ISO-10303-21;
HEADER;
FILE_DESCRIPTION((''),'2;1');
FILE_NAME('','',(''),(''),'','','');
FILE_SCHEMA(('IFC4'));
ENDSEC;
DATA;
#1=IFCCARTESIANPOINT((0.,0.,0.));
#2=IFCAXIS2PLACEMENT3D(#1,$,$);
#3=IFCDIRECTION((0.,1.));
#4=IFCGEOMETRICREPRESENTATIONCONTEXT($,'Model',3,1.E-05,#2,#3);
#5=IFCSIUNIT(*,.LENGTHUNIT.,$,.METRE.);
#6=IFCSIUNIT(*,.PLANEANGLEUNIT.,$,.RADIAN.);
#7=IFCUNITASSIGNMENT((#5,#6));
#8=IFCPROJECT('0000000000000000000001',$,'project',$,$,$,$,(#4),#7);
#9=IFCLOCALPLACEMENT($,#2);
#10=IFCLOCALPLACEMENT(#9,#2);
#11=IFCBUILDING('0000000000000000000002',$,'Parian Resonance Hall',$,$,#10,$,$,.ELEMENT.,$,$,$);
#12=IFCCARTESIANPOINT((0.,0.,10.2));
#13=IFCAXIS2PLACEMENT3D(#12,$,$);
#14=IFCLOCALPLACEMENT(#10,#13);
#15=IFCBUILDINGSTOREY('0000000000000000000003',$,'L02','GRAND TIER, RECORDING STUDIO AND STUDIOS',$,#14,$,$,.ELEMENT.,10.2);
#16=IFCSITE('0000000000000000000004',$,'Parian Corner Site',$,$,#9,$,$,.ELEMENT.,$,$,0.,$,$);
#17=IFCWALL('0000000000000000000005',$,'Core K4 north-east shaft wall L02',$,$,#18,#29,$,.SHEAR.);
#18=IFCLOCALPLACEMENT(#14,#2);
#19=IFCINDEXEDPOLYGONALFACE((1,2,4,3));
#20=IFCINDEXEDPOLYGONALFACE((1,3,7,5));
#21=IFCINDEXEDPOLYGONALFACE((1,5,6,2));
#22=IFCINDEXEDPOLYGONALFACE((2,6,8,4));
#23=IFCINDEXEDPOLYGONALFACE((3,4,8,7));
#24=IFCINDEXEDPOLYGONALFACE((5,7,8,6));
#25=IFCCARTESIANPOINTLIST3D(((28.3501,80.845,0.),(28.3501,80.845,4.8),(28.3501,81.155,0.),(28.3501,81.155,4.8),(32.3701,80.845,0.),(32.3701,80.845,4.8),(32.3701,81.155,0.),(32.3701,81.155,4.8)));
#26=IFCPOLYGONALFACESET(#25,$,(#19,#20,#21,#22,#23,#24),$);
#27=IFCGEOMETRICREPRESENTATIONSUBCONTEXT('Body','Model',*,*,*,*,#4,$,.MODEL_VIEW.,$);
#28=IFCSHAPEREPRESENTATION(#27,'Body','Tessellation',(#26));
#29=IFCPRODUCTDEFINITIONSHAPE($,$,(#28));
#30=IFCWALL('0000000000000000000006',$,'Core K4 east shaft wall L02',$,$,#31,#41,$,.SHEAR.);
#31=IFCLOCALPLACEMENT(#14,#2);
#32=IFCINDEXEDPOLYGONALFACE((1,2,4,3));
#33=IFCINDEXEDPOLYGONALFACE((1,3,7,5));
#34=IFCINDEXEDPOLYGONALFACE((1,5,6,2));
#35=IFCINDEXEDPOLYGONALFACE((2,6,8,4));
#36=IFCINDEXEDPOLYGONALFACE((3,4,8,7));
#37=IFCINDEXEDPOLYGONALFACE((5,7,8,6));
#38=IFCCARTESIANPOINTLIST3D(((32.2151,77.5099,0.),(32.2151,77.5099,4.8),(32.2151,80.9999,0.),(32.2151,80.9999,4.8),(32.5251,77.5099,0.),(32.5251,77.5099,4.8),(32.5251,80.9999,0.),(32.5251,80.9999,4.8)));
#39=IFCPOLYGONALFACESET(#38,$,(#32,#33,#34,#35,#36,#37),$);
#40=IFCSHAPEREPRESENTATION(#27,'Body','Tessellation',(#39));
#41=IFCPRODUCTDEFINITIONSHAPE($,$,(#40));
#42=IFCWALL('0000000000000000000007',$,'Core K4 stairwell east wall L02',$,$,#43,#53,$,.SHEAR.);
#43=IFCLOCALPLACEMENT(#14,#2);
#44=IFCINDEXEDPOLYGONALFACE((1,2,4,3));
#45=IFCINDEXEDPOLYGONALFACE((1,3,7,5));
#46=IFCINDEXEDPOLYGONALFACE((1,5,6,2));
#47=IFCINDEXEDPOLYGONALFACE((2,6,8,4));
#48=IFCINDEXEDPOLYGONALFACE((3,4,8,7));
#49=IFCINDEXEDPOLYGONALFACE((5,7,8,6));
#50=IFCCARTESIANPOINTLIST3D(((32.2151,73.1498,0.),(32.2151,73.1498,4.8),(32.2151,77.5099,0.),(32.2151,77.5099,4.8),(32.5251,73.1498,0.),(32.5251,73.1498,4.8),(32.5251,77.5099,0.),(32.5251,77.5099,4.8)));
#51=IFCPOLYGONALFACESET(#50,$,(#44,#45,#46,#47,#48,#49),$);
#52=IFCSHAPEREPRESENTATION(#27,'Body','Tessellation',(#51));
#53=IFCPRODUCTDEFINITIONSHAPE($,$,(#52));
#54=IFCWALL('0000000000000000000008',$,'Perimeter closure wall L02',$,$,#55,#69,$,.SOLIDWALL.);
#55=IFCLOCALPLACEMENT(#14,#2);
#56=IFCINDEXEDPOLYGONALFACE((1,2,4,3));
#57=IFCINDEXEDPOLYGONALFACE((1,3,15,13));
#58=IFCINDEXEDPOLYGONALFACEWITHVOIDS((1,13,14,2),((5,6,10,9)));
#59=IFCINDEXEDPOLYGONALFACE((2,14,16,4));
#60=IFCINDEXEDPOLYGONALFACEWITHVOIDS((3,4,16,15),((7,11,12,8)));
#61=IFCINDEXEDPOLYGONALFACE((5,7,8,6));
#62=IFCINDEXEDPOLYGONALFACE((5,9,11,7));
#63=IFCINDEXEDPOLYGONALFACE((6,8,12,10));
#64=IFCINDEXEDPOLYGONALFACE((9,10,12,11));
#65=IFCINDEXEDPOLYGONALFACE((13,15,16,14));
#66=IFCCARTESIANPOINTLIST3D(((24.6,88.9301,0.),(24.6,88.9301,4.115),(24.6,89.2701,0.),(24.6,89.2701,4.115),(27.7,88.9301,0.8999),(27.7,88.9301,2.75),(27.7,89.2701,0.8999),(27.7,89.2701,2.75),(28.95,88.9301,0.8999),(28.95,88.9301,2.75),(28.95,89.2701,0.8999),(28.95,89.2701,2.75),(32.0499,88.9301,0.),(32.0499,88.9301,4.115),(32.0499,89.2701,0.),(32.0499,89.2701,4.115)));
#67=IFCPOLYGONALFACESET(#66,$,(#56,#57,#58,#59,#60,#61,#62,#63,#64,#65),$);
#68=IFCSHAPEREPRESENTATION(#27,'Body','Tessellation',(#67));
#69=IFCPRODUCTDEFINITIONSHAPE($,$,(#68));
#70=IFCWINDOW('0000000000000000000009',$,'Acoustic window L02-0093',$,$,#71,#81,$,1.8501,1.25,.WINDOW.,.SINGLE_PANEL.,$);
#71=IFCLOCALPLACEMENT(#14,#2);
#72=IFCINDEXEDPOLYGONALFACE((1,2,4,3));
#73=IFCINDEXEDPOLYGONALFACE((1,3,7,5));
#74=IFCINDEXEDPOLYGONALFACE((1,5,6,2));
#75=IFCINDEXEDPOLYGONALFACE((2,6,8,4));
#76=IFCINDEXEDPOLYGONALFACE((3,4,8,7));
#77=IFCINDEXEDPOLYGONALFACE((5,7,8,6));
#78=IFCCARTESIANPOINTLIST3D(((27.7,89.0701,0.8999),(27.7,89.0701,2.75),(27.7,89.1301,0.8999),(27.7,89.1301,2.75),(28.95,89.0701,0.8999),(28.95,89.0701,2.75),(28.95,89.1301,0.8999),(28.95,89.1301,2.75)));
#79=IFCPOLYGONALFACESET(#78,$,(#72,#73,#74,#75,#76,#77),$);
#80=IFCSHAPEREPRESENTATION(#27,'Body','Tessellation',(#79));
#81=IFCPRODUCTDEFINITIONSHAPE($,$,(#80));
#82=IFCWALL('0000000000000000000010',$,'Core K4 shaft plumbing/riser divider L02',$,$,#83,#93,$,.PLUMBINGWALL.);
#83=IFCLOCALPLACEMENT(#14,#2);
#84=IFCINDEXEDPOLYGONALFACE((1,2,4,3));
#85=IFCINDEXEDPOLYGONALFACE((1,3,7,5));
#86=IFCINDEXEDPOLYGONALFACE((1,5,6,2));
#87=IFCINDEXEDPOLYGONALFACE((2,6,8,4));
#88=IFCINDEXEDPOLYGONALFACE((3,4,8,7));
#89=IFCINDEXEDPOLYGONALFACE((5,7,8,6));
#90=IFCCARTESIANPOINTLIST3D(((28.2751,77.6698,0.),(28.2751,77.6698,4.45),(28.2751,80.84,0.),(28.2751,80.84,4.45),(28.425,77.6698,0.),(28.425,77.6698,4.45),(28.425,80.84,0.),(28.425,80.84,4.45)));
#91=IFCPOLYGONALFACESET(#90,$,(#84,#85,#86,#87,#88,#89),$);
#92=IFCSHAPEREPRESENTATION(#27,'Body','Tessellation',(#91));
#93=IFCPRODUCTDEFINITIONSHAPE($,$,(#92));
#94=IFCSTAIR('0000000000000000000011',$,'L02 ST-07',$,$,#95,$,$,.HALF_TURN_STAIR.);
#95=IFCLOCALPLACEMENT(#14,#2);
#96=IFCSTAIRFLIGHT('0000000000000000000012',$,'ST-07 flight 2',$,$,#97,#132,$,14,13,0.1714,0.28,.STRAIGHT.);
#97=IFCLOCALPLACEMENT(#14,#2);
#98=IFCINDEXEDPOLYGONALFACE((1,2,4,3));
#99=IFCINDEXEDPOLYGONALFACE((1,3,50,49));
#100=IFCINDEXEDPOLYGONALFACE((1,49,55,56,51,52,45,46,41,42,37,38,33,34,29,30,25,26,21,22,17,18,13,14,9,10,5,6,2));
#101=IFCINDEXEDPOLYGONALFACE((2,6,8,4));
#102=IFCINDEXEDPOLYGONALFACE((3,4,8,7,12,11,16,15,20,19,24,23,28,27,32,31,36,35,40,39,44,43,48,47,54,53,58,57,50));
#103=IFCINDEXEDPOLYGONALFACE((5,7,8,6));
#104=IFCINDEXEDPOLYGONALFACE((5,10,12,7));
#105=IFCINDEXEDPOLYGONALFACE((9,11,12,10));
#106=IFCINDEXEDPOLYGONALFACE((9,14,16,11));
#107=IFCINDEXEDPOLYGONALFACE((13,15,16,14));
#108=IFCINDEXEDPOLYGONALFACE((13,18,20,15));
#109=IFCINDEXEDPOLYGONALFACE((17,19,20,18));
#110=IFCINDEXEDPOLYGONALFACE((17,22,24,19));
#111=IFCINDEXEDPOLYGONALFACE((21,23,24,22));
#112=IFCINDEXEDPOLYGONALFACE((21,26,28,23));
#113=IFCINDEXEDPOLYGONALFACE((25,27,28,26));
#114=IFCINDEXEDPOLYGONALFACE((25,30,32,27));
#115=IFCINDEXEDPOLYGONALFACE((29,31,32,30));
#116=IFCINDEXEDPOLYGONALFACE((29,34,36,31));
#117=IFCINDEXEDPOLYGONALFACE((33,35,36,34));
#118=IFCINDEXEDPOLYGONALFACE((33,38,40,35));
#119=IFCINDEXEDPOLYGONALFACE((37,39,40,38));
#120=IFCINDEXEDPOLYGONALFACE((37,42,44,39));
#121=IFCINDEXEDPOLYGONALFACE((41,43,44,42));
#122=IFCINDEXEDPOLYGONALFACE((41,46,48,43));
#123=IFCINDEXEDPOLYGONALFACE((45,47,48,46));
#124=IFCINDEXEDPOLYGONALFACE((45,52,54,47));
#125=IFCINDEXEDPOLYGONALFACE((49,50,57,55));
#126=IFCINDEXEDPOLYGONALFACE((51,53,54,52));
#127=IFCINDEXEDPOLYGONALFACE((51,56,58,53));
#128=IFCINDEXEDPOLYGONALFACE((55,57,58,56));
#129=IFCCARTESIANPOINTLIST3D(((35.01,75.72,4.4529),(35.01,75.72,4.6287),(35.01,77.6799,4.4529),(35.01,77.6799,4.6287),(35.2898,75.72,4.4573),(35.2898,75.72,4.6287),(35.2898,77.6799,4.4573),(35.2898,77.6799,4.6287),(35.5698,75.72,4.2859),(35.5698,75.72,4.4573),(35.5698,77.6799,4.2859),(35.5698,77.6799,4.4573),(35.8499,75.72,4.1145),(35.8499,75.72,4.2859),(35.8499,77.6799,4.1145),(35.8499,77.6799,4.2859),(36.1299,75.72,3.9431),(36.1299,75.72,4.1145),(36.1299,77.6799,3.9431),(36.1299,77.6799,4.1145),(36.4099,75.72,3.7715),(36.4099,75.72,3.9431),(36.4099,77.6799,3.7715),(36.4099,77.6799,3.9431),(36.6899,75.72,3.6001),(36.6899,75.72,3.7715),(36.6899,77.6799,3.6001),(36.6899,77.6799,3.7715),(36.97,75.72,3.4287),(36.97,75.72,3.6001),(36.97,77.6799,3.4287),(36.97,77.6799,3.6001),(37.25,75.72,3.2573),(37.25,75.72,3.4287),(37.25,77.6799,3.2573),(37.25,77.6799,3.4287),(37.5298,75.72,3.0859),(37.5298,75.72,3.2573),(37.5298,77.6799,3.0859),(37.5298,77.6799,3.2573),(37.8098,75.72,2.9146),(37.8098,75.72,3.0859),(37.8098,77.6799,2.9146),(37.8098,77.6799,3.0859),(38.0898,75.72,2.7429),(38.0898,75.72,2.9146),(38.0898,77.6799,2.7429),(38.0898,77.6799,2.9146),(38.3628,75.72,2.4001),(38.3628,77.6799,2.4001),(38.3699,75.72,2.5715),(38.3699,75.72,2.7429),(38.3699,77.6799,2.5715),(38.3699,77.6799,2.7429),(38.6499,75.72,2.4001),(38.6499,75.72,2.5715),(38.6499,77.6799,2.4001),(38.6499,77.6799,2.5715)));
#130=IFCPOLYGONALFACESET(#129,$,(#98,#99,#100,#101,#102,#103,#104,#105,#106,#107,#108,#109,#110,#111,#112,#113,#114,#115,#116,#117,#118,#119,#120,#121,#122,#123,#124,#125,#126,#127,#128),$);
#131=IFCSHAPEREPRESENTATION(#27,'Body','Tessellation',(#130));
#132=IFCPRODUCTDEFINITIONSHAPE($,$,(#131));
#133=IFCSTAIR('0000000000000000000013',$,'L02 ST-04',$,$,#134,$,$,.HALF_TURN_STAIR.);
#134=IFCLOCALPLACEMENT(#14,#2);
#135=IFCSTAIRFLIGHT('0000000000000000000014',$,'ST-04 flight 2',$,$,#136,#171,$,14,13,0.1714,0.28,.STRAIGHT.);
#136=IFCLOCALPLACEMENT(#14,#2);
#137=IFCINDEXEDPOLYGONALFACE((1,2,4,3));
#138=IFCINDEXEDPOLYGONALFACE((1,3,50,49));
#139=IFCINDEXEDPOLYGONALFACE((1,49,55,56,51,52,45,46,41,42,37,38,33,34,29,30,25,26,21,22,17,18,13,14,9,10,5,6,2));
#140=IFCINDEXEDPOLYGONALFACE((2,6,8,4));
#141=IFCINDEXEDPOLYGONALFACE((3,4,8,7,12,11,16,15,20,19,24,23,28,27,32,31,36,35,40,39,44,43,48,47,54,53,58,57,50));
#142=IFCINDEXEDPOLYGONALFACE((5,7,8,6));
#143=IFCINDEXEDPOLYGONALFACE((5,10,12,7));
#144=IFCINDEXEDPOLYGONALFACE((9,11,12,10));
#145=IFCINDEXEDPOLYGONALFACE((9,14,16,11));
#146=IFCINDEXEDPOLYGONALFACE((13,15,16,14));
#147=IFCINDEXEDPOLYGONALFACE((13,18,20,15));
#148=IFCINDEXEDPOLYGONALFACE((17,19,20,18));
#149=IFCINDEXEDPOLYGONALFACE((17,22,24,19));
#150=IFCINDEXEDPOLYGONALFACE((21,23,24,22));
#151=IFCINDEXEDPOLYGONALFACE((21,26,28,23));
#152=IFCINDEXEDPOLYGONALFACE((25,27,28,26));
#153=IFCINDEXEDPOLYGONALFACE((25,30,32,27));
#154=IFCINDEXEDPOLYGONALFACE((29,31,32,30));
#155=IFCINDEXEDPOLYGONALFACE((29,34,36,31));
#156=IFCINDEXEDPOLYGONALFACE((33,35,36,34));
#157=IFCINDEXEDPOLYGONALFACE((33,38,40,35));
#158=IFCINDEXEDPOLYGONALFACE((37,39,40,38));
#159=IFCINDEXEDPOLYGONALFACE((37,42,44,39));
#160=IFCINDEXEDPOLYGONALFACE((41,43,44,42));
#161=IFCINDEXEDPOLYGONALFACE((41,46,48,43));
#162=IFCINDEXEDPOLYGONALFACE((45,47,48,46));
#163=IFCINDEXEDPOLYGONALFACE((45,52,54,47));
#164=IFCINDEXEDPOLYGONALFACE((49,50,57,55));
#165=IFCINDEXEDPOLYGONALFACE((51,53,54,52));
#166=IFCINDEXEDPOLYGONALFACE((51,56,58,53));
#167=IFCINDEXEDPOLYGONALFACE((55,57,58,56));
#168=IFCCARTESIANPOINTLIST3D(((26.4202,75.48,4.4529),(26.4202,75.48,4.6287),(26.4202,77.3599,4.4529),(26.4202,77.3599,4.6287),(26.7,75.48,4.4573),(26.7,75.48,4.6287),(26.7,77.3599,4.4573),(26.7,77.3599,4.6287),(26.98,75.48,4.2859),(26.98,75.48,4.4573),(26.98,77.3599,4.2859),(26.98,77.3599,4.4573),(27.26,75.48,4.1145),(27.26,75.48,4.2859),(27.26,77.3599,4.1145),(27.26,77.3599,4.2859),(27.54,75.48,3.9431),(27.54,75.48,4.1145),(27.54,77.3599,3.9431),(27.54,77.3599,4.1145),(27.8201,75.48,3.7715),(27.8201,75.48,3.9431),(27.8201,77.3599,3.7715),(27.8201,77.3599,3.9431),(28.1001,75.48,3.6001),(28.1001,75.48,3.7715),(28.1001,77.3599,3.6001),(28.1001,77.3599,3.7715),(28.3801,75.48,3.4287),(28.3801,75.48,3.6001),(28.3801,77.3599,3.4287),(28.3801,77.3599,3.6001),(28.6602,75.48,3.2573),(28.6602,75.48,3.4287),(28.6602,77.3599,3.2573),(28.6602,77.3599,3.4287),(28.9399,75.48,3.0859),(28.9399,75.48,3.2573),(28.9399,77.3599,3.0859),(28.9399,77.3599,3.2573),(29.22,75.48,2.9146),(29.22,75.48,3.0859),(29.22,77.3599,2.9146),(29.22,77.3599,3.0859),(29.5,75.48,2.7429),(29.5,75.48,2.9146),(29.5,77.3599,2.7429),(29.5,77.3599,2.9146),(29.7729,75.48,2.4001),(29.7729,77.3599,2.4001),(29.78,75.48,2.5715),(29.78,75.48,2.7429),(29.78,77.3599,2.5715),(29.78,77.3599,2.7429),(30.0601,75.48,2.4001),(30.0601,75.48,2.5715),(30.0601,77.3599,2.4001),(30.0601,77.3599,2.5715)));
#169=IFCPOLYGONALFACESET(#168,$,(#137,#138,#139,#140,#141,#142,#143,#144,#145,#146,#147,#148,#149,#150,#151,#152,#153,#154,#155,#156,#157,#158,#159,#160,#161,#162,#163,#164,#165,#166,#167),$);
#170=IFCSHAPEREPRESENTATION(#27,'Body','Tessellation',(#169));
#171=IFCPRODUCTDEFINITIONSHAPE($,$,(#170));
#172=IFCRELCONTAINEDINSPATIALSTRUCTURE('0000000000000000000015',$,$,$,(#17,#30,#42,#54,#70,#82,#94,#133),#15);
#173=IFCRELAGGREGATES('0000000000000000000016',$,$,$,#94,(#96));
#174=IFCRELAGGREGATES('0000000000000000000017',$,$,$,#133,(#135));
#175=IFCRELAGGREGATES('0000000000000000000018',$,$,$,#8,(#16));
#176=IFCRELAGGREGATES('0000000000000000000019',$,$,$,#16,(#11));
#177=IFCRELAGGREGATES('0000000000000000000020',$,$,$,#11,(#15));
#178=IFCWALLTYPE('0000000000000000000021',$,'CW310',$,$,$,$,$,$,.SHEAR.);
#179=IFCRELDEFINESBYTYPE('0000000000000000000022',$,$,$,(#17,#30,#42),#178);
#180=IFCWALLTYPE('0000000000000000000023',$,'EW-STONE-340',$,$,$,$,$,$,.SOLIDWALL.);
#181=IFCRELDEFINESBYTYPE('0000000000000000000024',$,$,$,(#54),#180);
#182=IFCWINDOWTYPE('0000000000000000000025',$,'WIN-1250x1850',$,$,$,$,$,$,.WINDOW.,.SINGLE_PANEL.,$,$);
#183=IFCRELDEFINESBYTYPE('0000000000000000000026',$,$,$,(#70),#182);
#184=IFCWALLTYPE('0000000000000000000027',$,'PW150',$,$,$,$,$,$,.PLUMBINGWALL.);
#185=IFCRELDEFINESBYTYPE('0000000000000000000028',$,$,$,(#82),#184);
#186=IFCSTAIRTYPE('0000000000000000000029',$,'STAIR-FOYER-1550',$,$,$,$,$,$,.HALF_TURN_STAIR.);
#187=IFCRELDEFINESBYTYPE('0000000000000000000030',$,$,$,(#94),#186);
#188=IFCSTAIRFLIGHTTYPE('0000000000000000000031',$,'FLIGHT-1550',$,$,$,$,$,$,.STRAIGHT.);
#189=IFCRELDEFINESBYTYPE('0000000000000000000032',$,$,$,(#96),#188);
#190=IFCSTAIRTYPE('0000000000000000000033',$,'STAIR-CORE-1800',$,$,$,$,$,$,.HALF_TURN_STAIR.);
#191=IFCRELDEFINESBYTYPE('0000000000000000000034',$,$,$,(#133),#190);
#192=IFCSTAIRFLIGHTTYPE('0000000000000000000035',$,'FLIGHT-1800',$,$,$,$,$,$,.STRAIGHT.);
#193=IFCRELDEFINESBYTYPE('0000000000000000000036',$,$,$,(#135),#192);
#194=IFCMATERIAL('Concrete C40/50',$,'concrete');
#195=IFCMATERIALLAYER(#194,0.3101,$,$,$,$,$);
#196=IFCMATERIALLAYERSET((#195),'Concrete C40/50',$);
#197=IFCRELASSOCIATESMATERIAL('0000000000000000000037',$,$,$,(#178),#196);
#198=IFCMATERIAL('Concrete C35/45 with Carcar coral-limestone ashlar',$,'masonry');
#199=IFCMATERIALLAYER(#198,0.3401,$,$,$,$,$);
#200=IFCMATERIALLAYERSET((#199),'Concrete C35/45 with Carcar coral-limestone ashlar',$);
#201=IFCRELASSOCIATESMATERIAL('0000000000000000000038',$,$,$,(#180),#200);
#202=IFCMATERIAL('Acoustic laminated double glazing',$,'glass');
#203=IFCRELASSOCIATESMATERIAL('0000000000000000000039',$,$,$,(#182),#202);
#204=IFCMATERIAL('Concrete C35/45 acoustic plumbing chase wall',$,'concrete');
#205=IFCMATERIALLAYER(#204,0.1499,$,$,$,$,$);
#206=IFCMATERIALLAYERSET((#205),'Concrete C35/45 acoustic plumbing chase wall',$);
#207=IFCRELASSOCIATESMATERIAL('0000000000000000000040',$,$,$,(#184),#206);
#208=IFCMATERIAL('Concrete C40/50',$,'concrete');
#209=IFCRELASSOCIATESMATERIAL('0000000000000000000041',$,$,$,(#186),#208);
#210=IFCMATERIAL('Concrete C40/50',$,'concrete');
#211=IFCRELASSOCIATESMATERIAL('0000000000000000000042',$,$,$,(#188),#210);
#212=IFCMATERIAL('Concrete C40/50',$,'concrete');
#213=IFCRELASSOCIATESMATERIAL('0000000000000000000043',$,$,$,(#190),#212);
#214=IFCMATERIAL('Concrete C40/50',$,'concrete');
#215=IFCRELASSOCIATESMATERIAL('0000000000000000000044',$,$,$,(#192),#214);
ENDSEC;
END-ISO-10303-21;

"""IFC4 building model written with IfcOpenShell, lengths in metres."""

from ifc_helpers import new_model, si_unit, direction, frame, frame_2d, origin, place, context, subcontext, project, spatial, polyline, rectangle, outline, extrude, material, layer, layer_set, type_object, element, fill, aggregate, save


model = new_model("IFC4")

# Units and contexts
model_context = context("Model", 3, precision=1e-05, world=origin(), true_north=direction((0.0, 1.0)))
body_context = subcontext(model_context, "Body", "Model", "MODEL_VIEW")
ifc_project = project(units=[si_unit("LENGTHUNIT", "METRE"), si_unit("PLANEANGLEUNIT", "RADIAN")], contexts=[model_context])

# Site, building, storey
site_placement = place(None, origin())
site = spatial("IfcSite", under=ifc_project, at=site_placement, Name="Parian Corner Site", CompositionType="ELEMENT", RefElevation=0.0)
building_placement = place(site_placement, origin())
building = spatial("IfcBuilding", under=site, at=building_placement, Name="Parian Resonance Hall", CompositionType="ELEMENT")
storey_placement = place(building_placement, frame((0.0, 0.0, 10.2)))
storey = spatial("IfcBuildingStorey", under=building, at=storey_placement, Name="L02", Description="GRAND TIER, RECORDING STUDIO AND STUDIOS", CompositionType="ELEMENT", Elevation=10.2)

# Walls
ifc_material_1 = material(Name="Concrete C40/50", Category="concrete")
ifc_layer_1 = layer(ifc_material_1, 0.3101)
ifc_layer_set_1 = layer_set([ifc_layer_1], Name="Concrete C40/50")
wall_type_1 = type_object("IfcWallType", Name="CW310", PredefinedType="SHEAR", material=ifc_layer_set_1)
wall_1_placement = place(storey_placement, frame((28.3501, 81.0, 0.0), z_axis=(0.0, 0.0, 1.0), x_axis=(1.0, 0.0, 0.0)))
element("IfcWall", 1, at=wall_1_placement, inside=storey, type_object=wall_type_1, Name="Core K4 north-east shaft wall L02", PredefinedType="SHEAR", context=body_context, shape_type="SweptSolid", body=[
    extrude(rectangle(XDim=4.02, YDim=0.3101, at=frame_2d((2.01, 0.0))), origin(), (0.0, 0.0, 1.0), 4.8),
])
wall_2_placement = place(storey_placement, frame((32.3701, 81.0, 0.0), z_axis=(0.0, 0.0, 1.0), x_axis=(0.0, -1.0, 0.0)))
element("IfcWall", 2, at=wall_2_placement, inside=storey, type_object=wall_type_1, Name="Core K4 east shaft wall L02", PredefinedType="SHEAR", context=body_context, shape_type="SweptSolid", body=[
    extrude(rectangle(XDim=3.49, YDim=0.3101, at=frame_2d((1.7451, 0.0))), origin(), (0.0, 0.0, 1.0), 4.8),
])
wall_3_placement = place(storey_placement, frame((32.3701, 77.51, 0.0), z_axis=(0.0, 0.0, 1.0), x_axis=(0.0, -1.0, 0.0)))
element("IfcWall", 3, at=wall_3_placement, inside=storey, type_object=wall_type_1, Name="Core K4 stairwell east wall L02", PredefinedType="SHEAR", context=body_context, shape_type="SweptSolid", body=[
    extrude(rectangle(XDim=4.3601, YDim=0.3101, at=frame_2d((2.1802, 0.0))), origin(), (0.0, 0.0, 1.0), 4.8),
])

# Wall, opening, window
ifc_material_2 = material(Name="Concrete C35/45 with Carcar coral-limestone ashlar", Category="masonry")
ifc_layer_2 = layer(ifc_material_2, 0.3401)
ifc_layer_set_2 = layer_set([ifc_layer_2], Name="Concrete C35/45 with Carcar coral-limestone ashlar")
wall_type_2 = type_object("IfcWallType", Name="EW-STONE-340", PredefinedType="SOLIDWALL", material=ifc_layer_set_2)
wall_4_placement = place(storey_placement, frame((32.05, 89.1001, 0.0), z_axis=(0.0, 0.0, 1.0), x_axis=(-1.0, 0.0, 0.0)))
wall_4 = element("IfcWall", 4, at=wall_4_placement, inside=storey, type_object=wall_type_2, Name="Perimeter closure wall L02", PredefinedType="SOLIDWALL", context=body_context, shape_type="SweptSolid", body=[
    extrude(rectangle(XDim=7.45, YDim=0.3401, at=frame_2d((3.7251, 0.0))), origin(), (0.0, 0.0, 1.0), 4.115),
])
opening_placement = place(wall_4_placement, frame((3.1001, 0.0, 0.8999)))
opening = element("IfcOpeningElement", 5, at=opening_placement, cuts=wall_4, PredefinedType="OPENING", context=body_context, shape_type="SweptSolid", body=[
    extrude(rectangle(XDim=1.25, YDim=1.8501, at=frame_2d((0.625, 0.925))), frame((0.0, 0.1799, 0.0), z_axis=(0.0, -1.0, 0.0), x_axis=(1.0, 0.0, 0.0)), (0.0, 0.0, 1.0), 0.3601),
])
ifc_material_3 = material(Name="Acoustic laminated double glazing", Category="glass")
window_type = type_object("IfcWindowType", Name="WIN-1250x1850", PartitioningType="SINGLE_PANEL", PredefinedType="WINDOW", material=ifc_material_3)
window_placement = place(opening_placement, origin())
window = element("IfcWindow", 6, at=window_placement, inside=storey, type_object=window_type, Name="Acoustic window L02-0093", OverallHeight=1.8501, OverallWidth=1.25, PartitioningType="SINGLE_PANEL", PredefinedType="WINDOW", context=body_context, shape_type="SweptSolid", body=[
    extrude(rectangle(XDim=1.25, YDim=1.8501, at=frame_2d((0.625, 0.925))), frame((0.0, 0.03, 0.0), z_axis=(0.0, -1.0, 0.0), x_axis=(1.0, 0.0, 0.0)), (0.0, 0.0, 1.0), 0.0601),
])
fill(opening, window)

# Wall
ifc_material_4 = material(Name="Concrete C35/45 acoustic plumbing chase wall", Category="concrete")
ifc_layer_3 = layer(ifc_material_4, 0.1499)
ifc_layer_set_3 = layer_set([ifc_layer_3], Name="Concrete C35/45 acoustic plumbing chase wall")
wall_type_3 = type_object("IfcWallType", Name="PW150", PredefinedType="PLUMBINGWALL", material=ifc_layer_set_3)
wall_5_placement = place(storey_placement, frame((28.3501, 77.6699, 0.0), z_axis=(0.0, 0.0, 1.0), x_axis=(0.0, 1.0, 0.0)))
element("IfcWall", 7, at=wall_5_placement, inside=storey, type_object=wall_type_3, Name="Core K4 shaft plumbing/riser divider L02", PredefinedType="PLUMBINGWALL", context=body_context, shape_type="SweptSolid", body=[
    extrude(rectangle(XDim=3.1702, YDim=0.1499, at=frame_2d((1.585, 0.0))), origin(), (0.0, 0.0, 1.0), 4.45),
])

# Stairs, stair flights
ifc_material_5 = material(Name="Concrete C40/50", Category="concrete")
stair_type_1 = type_object("IfcStairType", Name="STAIR-FOYER-1550", PredefinedType="HALF_TURN_STAIR", material=ifc_material_5)
stair_1_placement = place(storey_placement, origin())
stair_1 = element("IfcStair", 8, at=stair_1_placement, inside=storey, type_object=stair_type_1, Name="L02 ST-07", PredefinedType="HALF_TURN_STAIR")
ifc_material_6 = material(Name="Concrete C40/50", Category="concrete")
stair_flight_type_1 = type_object("IfcStairFlightType", Name="FLIGHT-1550", PredefinedType="STRAIGHT", material=ifc_material_6)
stair_flight_1_placement = place(storey_placement, frame((38.6499, 76.7, 2.4001), z_axis=(0.0, 0.0, 1.0), x_axis=(-1.0, 0.0, 0.0)))
stair_flight_1 = element("IfcStairFlight", 9, at=stair_flight_1_placement, type_object=stair_flight_type_1, Name="ST-07 flight 2", NumberOfRisers=14, NumberOfTreads=13, PredefinedType="STRAIGHT", RiserHeight=0.1714, TreadLength=0.28, context=body_context, shape_type="SweptSolid", body=[
    extrude(outline(polyline([(0.0, 0.0), (0.0, 0.1714), (0.28, 0.1714), (0.28, 0.3428), (0.5601, 0.3428), (0.5601, 0.5144), (0.8401, 0.5144), (0.8401, 0.6858), (1.1201, 0.6858), (1.1201, 0.8572), (1.3999, 0.8572), (1.3999, 1.0286), (1.6799, 1.0286), (1.6799, 1.2), (1.96, 1.2), (1.96, 1.3713), (2.24, 1.3713), (2.24, 1.543), (2.52, 1.543), (2.52, 1.7144), (2.8, 1.7144), (2.8, 1.8857), (3.0801, 1.8857), (3.0801, 2.0571), (3.3601, 2.0571), (3.3601, 2.2285), (3.6399, 2.2285), (3.6399, 2.3999), (3.6399, 2.0527), (0.2871, 0.0), (0.0, 0.0)])), frame((0.0, 0.98, 0.0), z_axis=(0.0, -1.0, 0.0), x_axis=(1.0, 0.0, 0.0)), (0.0, 0.0, 1.0), 1.96),
])
aggregate(stair_1, [stair_flight_1])
ifc_material_7 = material(Name="Concrete C40/50", Category="concrete")
stair_type_2 = type_object("IfcStairType", Name="STAIR-CORE-1800", PredefinedType="HALF_TURN_STAIR", material=ifc_material_7)
stair_2_placement = place(storey_placement, origin())
stair_2 = element("IfcStair", 10, at=stair_2_placement, inside=storey, type_object=stair_type_2, Name="L02 ST-04", PredefinedType="HALF_TURN_STAIR")
ifc_material_8 = material(Name="Concrete C40/50", Category="concrete")
stair_flight_type_2 = type_object("IfcStairFlightType", Name="FLIGHT-1800", PredefinedType="STRAIGHT", material=ifc_material_8)
stair_flight_2_placement = place(storey_placement, frame((30.0601, 76.4199, 2.4001), z_axis=(0.0, 0.0, 1.0), x_axis=(-1.0, 0.0, 0.0)))
stair_flight_2 = element("IfcStairFlight", 11, at=stair_flight_2_placement, type_object=stair_flight_type_2, Name="ST-04 flight 2", NumberOfRisers=14, NumberOfTreads=13, PredefinedType="STRAIGHT", RiserHeight=0.1714, TreadLength=0.28, context=body_context, shape_type="SweptSolid", body=[
    extrude(outline(polyline([(0.0, 0.0), (0.0, 0.1714), (0.28, 0.1714), (0.28, 0.3428), (0.5601, 0.3428), (0.5601, 0.5144), (0.8401, 0.5144), (0.8401, 0.6858), (1.1201, 0.6858), (1.1201, 0.8572), (1.3999, 0.8572), (1.3999, 1.0286), (1.6799, 1.0286), (1.6799, 1.2), (1.96, 1.2), (1.96, 1.3713), (2.24, 1.3713), (2.24, 1.543), (2.52, 1.543), (2.52, 1.7144), (2.8, 1.7144), (2.8, 1.8857), (3.0801, 1.8857), (3.0801, 2.0571), (3.3601, 2.0571), (3.3601, 2.2285), (3.6399, 2.2285), (3.6399, 2.3999), (3.6399, 2.0527), (0.2871, 0.0), (0.0, 0.0)])), frame((0.0, 0.9399, 0.0), z_axis=(0.0, -1.0, 0.0), x_axis=(1.0, 0.0, 0.0)), (0.0, 0.0, 1.0), 1.8799),
])
aggregate(stair_2, [stair_flight_2])

save(model, "model.ifc")
